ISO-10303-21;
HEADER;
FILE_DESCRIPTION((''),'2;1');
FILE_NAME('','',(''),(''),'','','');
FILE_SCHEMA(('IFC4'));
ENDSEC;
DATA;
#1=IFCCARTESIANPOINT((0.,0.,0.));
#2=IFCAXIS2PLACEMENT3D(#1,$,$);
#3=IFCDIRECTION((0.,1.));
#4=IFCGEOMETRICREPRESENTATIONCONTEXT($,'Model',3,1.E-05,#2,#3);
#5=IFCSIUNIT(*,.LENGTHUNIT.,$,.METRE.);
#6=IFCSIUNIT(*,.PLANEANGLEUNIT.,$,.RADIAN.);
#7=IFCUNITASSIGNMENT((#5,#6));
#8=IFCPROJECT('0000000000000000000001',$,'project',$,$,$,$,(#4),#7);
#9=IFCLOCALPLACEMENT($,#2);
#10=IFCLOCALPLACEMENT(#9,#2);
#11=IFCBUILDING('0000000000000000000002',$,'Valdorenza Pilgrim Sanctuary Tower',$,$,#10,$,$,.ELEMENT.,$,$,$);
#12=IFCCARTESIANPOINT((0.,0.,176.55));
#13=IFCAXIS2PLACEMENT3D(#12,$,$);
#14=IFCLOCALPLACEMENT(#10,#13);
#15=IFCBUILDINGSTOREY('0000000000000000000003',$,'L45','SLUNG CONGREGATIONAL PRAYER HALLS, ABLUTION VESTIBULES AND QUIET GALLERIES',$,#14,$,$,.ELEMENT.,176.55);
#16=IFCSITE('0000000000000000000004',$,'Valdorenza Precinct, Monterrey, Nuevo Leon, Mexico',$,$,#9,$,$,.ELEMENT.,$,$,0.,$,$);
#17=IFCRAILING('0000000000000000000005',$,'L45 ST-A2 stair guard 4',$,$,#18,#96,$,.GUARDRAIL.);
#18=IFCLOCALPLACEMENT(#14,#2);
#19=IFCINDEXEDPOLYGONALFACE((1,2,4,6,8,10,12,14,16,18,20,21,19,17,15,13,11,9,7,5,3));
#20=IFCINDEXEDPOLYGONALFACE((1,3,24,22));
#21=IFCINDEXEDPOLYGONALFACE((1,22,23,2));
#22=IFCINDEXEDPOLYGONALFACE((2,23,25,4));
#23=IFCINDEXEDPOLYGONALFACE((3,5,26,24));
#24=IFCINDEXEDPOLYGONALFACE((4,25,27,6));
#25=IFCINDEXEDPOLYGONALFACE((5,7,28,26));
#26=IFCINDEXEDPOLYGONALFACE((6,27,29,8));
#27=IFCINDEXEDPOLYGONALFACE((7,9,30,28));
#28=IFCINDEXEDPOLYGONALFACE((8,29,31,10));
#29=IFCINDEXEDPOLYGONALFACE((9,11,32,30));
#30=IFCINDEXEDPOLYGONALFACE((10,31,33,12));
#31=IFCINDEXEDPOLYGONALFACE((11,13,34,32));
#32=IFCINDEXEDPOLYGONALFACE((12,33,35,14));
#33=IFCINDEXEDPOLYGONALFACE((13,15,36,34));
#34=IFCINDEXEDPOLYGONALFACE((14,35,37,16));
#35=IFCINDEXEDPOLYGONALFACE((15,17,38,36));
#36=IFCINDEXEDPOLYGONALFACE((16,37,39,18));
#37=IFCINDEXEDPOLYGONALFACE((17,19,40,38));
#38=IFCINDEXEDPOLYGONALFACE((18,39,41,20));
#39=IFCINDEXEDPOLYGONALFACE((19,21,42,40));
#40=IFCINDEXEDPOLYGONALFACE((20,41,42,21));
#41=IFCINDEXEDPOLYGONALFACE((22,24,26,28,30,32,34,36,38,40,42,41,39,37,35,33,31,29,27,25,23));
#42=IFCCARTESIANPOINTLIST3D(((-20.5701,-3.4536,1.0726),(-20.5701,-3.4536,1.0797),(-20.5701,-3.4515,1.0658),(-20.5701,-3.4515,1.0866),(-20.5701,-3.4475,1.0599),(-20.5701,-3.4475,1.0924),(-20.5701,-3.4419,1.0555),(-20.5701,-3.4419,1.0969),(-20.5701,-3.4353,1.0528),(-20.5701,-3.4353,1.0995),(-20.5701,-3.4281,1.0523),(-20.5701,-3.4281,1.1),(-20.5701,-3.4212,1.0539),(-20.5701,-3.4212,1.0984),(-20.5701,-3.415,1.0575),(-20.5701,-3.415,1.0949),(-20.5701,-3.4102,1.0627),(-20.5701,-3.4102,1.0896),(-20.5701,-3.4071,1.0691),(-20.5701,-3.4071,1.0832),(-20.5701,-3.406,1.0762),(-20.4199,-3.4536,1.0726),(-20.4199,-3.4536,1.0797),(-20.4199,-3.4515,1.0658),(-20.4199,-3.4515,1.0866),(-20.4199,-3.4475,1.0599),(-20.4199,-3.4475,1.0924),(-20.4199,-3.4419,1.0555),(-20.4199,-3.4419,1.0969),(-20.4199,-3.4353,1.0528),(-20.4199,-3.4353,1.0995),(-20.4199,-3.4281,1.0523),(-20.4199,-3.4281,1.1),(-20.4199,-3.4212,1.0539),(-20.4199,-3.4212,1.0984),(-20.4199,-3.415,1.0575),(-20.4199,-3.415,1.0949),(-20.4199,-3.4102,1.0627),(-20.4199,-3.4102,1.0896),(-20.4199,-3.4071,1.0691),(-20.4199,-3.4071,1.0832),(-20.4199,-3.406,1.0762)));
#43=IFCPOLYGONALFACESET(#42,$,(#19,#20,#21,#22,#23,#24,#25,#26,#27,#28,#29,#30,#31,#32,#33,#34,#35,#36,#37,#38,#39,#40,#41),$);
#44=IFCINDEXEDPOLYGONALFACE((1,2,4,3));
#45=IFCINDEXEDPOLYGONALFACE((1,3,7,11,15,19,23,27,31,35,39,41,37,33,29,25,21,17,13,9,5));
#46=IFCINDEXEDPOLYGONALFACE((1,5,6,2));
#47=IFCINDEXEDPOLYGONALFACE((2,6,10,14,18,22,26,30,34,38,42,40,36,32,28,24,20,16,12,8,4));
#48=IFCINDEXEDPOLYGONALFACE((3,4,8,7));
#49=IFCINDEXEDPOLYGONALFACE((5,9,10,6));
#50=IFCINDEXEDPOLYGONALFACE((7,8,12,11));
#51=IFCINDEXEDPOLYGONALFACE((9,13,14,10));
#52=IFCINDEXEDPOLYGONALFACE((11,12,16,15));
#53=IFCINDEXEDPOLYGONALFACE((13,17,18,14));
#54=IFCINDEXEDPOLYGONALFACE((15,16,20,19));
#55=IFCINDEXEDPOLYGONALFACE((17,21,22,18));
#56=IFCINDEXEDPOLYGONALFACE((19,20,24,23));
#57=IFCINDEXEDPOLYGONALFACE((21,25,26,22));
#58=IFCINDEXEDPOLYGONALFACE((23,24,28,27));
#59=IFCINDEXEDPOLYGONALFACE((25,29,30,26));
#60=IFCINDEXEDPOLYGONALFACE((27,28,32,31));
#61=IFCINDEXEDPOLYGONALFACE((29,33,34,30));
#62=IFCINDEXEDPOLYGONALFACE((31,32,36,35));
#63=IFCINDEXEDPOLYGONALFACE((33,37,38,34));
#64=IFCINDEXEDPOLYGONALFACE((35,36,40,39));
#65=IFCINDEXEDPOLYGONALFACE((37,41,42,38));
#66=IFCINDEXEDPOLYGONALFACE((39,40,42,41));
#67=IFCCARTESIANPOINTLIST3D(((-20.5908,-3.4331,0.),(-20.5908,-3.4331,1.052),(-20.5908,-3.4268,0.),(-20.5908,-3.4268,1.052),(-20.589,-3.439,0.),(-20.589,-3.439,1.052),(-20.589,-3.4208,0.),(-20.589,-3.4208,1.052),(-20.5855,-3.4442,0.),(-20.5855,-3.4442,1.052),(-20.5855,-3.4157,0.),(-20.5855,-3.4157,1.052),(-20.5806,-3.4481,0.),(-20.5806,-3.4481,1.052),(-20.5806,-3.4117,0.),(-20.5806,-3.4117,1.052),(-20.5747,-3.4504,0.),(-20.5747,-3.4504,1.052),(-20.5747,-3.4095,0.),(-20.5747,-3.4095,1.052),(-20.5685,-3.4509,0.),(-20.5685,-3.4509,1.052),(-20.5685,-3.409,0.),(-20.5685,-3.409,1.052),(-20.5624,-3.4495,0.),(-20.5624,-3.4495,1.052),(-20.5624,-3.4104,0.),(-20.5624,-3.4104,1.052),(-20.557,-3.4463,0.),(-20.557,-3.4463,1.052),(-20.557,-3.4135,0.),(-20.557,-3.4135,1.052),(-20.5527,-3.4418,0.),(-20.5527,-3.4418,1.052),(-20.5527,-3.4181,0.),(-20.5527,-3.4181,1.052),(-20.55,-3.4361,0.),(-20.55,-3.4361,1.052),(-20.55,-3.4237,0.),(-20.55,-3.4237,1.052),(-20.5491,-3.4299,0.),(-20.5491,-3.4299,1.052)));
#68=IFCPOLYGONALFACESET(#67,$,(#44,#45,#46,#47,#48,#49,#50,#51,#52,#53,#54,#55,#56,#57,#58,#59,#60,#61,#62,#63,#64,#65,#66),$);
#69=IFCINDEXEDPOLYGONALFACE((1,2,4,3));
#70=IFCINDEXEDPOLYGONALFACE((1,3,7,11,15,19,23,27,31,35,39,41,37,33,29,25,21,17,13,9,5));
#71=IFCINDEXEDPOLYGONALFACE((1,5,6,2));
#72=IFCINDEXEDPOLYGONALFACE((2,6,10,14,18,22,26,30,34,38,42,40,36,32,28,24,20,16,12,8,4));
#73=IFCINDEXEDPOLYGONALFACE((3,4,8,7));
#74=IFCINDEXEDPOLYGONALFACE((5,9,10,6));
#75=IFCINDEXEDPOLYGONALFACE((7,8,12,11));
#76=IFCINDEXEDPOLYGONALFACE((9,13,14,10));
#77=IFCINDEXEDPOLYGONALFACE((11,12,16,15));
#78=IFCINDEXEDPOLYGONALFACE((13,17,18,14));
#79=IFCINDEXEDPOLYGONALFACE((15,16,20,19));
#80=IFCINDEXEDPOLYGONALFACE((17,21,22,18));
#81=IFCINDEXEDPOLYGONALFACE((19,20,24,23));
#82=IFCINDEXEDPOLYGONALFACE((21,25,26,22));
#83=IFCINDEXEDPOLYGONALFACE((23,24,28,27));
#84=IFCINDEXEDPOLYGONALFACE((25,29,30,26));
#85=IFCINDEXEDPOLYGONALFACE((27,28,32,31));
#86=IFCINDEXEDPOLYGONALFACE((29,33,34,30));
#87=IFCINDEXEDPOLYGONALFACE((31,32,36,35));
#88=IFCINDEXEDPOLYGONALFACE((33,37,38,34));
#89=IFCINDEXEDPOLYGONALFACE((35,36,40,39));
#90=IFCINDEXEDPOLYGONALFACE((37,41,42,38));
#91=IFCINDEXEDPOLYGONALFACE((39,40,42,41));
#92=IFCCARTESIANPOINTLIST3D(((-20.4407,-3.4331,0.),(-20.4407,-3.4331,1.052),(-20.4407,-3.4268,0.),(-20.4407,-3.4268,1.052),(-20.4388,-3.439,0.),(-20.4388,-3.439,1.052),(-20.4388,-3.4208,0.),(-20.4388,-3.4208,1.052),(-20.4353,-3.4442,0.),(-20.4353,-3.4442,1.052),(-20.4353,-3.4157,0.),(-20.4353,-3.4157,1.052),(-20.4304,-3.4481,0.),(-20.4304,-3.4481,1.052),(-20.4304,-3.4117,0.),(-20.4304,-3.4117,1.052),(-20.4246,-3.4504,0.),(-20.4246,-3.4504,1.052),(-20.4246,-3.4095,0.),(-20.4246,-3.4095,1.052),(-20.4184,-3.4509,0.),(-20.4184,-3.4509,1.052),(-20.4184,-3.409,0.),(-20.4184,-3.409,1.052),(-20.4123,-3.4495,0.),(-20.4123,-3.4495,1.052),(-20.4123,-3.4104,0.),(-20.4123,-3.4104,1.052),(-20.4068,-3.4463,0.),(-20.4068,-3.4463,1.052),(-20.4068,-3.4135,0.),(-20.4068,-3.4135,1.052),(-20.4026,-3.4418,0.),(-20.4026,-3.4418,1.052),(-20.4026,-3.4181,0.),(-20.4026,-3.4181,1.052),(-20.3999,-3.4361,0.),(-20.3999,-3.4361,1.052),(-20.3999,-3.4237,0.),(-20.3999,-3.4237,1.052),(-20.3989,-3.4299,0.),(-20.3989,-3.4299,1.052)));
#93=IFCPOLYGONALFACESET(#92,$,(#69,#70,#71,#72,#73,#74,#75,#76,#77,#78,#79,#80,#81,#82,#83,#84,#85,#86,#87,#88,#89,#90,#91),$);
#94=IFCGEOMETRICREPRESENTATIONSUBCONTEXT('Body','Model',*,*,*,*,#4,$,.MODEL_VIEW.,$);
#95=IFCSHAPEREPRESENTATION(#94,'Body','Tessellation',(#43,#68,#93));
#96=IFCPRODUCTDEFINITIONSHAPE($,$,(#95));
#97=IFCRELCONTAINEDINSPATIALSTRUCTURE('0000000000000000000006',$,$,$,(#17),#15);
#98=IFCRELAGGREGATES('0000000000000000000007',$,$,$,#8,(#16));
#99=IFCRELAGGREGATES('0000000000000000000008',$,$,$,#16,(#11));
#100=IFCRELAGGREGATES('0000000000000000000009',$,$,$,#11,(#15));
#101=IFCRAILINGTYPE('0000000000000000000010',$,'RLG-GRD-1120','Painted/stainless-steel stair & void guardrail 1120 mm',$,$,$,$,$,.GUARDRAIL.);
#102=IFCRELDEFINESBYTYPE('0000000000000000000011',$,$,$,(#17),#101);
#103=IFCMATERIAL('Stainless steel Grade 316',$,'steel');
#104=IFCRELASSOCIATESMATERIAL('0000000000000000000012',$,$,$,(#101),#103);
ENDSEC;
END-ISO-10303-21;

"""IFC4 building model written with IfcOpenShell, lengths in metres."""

from ifc_helpers import new_model, si_unit, direction, frame, origin, origin_2d, place, context, subcontext, project, spatial, circle, extrude, material, type_object, element, save


model = new_model("IFC4")

# Units and contexts
model_context = context("Model", 3, precision=1e-05, world=origin(), true_north=direction((0.0, 1.0)))
body_context = subcontext(model_context, "Body", "Model", "MODEL_VIEW")
ifc_project = project(units=[si_unit("LENGTHUNIT", "METRE"), si_unit("PLANEANGLEUNIT", "RADIAN")], contexts=[model_context])

# Site, building, storey
site_placement = place(None, origin())
site = spatial("IfcSite", under=ifc_project, at=site_placement, Name="Valdorenza Precinct, Monterrey, Nuevo Leon, Mexico", CompositionType="ELEMENT", RefElevation=0.0)
building_placement = place(site_placement, origin())
building = spatial("IfcBuilding", under=site, at=building_placement, Name="Valdorenza Pilgrim Sanctuary Tower", CompositionType="ELEMENT")
storey_placement = place(building_placement, frame((0.0, 0.0, 176.55)))
storey = spatial("IfcBuildingStorey", under=building, at=storey_placement, Name="L45", Description="SLUNG CONGREGATIONAL PRAYER HALLS, ABLUTION VESTIBULES AND QUIET GALLERIES", CompositionType="ELEMENT", Elevation=176.55)

# Railing
ifc_material_1 = material(Name="Stainless steel Grade 316", Category="steel")
railing_type_1 = type_object("IfcRailingType", Name="RLG-GRD-1120", Description="Painted/stainless-steel stair & void guardrail 1120 mm", PredefinedType="GUARDRAIL", material=ifc_material_1)
railing_1_placement = place(storey_placement, frame((-20.5701, -3.4299, 0.0)))
element("IfcRailing", 1, at=railing_1_placement, inside=storey, type_object=railing_type_1, Name="L45 ST-A2 stair guard 4", PredefinedType="GUARDRAIL", context=body_context, shape_type="SweptSolid", body=[
    extrude(circle(Radius=0.0239, at=origin_2d()), frame((0.0, 0.0, 1.0762), z_axis=(1.0, 0.0, 0.0), x_axis=(0.0, 1.0, 0.0)), (0.0, 0.0, 1.0), 0.1501),
    extrude(circle(Radius=0.021, at=origin_2d()), origin(), (0.0, 0.0, 1.0), 1.052),
    extrude(circle(Radius=0.021, at=origin_2d()), frame((0.1501, 0.0, 0.0)), (0.0, 0.0, 1.0), 1.052),
])

save(model, "model.ifc")
